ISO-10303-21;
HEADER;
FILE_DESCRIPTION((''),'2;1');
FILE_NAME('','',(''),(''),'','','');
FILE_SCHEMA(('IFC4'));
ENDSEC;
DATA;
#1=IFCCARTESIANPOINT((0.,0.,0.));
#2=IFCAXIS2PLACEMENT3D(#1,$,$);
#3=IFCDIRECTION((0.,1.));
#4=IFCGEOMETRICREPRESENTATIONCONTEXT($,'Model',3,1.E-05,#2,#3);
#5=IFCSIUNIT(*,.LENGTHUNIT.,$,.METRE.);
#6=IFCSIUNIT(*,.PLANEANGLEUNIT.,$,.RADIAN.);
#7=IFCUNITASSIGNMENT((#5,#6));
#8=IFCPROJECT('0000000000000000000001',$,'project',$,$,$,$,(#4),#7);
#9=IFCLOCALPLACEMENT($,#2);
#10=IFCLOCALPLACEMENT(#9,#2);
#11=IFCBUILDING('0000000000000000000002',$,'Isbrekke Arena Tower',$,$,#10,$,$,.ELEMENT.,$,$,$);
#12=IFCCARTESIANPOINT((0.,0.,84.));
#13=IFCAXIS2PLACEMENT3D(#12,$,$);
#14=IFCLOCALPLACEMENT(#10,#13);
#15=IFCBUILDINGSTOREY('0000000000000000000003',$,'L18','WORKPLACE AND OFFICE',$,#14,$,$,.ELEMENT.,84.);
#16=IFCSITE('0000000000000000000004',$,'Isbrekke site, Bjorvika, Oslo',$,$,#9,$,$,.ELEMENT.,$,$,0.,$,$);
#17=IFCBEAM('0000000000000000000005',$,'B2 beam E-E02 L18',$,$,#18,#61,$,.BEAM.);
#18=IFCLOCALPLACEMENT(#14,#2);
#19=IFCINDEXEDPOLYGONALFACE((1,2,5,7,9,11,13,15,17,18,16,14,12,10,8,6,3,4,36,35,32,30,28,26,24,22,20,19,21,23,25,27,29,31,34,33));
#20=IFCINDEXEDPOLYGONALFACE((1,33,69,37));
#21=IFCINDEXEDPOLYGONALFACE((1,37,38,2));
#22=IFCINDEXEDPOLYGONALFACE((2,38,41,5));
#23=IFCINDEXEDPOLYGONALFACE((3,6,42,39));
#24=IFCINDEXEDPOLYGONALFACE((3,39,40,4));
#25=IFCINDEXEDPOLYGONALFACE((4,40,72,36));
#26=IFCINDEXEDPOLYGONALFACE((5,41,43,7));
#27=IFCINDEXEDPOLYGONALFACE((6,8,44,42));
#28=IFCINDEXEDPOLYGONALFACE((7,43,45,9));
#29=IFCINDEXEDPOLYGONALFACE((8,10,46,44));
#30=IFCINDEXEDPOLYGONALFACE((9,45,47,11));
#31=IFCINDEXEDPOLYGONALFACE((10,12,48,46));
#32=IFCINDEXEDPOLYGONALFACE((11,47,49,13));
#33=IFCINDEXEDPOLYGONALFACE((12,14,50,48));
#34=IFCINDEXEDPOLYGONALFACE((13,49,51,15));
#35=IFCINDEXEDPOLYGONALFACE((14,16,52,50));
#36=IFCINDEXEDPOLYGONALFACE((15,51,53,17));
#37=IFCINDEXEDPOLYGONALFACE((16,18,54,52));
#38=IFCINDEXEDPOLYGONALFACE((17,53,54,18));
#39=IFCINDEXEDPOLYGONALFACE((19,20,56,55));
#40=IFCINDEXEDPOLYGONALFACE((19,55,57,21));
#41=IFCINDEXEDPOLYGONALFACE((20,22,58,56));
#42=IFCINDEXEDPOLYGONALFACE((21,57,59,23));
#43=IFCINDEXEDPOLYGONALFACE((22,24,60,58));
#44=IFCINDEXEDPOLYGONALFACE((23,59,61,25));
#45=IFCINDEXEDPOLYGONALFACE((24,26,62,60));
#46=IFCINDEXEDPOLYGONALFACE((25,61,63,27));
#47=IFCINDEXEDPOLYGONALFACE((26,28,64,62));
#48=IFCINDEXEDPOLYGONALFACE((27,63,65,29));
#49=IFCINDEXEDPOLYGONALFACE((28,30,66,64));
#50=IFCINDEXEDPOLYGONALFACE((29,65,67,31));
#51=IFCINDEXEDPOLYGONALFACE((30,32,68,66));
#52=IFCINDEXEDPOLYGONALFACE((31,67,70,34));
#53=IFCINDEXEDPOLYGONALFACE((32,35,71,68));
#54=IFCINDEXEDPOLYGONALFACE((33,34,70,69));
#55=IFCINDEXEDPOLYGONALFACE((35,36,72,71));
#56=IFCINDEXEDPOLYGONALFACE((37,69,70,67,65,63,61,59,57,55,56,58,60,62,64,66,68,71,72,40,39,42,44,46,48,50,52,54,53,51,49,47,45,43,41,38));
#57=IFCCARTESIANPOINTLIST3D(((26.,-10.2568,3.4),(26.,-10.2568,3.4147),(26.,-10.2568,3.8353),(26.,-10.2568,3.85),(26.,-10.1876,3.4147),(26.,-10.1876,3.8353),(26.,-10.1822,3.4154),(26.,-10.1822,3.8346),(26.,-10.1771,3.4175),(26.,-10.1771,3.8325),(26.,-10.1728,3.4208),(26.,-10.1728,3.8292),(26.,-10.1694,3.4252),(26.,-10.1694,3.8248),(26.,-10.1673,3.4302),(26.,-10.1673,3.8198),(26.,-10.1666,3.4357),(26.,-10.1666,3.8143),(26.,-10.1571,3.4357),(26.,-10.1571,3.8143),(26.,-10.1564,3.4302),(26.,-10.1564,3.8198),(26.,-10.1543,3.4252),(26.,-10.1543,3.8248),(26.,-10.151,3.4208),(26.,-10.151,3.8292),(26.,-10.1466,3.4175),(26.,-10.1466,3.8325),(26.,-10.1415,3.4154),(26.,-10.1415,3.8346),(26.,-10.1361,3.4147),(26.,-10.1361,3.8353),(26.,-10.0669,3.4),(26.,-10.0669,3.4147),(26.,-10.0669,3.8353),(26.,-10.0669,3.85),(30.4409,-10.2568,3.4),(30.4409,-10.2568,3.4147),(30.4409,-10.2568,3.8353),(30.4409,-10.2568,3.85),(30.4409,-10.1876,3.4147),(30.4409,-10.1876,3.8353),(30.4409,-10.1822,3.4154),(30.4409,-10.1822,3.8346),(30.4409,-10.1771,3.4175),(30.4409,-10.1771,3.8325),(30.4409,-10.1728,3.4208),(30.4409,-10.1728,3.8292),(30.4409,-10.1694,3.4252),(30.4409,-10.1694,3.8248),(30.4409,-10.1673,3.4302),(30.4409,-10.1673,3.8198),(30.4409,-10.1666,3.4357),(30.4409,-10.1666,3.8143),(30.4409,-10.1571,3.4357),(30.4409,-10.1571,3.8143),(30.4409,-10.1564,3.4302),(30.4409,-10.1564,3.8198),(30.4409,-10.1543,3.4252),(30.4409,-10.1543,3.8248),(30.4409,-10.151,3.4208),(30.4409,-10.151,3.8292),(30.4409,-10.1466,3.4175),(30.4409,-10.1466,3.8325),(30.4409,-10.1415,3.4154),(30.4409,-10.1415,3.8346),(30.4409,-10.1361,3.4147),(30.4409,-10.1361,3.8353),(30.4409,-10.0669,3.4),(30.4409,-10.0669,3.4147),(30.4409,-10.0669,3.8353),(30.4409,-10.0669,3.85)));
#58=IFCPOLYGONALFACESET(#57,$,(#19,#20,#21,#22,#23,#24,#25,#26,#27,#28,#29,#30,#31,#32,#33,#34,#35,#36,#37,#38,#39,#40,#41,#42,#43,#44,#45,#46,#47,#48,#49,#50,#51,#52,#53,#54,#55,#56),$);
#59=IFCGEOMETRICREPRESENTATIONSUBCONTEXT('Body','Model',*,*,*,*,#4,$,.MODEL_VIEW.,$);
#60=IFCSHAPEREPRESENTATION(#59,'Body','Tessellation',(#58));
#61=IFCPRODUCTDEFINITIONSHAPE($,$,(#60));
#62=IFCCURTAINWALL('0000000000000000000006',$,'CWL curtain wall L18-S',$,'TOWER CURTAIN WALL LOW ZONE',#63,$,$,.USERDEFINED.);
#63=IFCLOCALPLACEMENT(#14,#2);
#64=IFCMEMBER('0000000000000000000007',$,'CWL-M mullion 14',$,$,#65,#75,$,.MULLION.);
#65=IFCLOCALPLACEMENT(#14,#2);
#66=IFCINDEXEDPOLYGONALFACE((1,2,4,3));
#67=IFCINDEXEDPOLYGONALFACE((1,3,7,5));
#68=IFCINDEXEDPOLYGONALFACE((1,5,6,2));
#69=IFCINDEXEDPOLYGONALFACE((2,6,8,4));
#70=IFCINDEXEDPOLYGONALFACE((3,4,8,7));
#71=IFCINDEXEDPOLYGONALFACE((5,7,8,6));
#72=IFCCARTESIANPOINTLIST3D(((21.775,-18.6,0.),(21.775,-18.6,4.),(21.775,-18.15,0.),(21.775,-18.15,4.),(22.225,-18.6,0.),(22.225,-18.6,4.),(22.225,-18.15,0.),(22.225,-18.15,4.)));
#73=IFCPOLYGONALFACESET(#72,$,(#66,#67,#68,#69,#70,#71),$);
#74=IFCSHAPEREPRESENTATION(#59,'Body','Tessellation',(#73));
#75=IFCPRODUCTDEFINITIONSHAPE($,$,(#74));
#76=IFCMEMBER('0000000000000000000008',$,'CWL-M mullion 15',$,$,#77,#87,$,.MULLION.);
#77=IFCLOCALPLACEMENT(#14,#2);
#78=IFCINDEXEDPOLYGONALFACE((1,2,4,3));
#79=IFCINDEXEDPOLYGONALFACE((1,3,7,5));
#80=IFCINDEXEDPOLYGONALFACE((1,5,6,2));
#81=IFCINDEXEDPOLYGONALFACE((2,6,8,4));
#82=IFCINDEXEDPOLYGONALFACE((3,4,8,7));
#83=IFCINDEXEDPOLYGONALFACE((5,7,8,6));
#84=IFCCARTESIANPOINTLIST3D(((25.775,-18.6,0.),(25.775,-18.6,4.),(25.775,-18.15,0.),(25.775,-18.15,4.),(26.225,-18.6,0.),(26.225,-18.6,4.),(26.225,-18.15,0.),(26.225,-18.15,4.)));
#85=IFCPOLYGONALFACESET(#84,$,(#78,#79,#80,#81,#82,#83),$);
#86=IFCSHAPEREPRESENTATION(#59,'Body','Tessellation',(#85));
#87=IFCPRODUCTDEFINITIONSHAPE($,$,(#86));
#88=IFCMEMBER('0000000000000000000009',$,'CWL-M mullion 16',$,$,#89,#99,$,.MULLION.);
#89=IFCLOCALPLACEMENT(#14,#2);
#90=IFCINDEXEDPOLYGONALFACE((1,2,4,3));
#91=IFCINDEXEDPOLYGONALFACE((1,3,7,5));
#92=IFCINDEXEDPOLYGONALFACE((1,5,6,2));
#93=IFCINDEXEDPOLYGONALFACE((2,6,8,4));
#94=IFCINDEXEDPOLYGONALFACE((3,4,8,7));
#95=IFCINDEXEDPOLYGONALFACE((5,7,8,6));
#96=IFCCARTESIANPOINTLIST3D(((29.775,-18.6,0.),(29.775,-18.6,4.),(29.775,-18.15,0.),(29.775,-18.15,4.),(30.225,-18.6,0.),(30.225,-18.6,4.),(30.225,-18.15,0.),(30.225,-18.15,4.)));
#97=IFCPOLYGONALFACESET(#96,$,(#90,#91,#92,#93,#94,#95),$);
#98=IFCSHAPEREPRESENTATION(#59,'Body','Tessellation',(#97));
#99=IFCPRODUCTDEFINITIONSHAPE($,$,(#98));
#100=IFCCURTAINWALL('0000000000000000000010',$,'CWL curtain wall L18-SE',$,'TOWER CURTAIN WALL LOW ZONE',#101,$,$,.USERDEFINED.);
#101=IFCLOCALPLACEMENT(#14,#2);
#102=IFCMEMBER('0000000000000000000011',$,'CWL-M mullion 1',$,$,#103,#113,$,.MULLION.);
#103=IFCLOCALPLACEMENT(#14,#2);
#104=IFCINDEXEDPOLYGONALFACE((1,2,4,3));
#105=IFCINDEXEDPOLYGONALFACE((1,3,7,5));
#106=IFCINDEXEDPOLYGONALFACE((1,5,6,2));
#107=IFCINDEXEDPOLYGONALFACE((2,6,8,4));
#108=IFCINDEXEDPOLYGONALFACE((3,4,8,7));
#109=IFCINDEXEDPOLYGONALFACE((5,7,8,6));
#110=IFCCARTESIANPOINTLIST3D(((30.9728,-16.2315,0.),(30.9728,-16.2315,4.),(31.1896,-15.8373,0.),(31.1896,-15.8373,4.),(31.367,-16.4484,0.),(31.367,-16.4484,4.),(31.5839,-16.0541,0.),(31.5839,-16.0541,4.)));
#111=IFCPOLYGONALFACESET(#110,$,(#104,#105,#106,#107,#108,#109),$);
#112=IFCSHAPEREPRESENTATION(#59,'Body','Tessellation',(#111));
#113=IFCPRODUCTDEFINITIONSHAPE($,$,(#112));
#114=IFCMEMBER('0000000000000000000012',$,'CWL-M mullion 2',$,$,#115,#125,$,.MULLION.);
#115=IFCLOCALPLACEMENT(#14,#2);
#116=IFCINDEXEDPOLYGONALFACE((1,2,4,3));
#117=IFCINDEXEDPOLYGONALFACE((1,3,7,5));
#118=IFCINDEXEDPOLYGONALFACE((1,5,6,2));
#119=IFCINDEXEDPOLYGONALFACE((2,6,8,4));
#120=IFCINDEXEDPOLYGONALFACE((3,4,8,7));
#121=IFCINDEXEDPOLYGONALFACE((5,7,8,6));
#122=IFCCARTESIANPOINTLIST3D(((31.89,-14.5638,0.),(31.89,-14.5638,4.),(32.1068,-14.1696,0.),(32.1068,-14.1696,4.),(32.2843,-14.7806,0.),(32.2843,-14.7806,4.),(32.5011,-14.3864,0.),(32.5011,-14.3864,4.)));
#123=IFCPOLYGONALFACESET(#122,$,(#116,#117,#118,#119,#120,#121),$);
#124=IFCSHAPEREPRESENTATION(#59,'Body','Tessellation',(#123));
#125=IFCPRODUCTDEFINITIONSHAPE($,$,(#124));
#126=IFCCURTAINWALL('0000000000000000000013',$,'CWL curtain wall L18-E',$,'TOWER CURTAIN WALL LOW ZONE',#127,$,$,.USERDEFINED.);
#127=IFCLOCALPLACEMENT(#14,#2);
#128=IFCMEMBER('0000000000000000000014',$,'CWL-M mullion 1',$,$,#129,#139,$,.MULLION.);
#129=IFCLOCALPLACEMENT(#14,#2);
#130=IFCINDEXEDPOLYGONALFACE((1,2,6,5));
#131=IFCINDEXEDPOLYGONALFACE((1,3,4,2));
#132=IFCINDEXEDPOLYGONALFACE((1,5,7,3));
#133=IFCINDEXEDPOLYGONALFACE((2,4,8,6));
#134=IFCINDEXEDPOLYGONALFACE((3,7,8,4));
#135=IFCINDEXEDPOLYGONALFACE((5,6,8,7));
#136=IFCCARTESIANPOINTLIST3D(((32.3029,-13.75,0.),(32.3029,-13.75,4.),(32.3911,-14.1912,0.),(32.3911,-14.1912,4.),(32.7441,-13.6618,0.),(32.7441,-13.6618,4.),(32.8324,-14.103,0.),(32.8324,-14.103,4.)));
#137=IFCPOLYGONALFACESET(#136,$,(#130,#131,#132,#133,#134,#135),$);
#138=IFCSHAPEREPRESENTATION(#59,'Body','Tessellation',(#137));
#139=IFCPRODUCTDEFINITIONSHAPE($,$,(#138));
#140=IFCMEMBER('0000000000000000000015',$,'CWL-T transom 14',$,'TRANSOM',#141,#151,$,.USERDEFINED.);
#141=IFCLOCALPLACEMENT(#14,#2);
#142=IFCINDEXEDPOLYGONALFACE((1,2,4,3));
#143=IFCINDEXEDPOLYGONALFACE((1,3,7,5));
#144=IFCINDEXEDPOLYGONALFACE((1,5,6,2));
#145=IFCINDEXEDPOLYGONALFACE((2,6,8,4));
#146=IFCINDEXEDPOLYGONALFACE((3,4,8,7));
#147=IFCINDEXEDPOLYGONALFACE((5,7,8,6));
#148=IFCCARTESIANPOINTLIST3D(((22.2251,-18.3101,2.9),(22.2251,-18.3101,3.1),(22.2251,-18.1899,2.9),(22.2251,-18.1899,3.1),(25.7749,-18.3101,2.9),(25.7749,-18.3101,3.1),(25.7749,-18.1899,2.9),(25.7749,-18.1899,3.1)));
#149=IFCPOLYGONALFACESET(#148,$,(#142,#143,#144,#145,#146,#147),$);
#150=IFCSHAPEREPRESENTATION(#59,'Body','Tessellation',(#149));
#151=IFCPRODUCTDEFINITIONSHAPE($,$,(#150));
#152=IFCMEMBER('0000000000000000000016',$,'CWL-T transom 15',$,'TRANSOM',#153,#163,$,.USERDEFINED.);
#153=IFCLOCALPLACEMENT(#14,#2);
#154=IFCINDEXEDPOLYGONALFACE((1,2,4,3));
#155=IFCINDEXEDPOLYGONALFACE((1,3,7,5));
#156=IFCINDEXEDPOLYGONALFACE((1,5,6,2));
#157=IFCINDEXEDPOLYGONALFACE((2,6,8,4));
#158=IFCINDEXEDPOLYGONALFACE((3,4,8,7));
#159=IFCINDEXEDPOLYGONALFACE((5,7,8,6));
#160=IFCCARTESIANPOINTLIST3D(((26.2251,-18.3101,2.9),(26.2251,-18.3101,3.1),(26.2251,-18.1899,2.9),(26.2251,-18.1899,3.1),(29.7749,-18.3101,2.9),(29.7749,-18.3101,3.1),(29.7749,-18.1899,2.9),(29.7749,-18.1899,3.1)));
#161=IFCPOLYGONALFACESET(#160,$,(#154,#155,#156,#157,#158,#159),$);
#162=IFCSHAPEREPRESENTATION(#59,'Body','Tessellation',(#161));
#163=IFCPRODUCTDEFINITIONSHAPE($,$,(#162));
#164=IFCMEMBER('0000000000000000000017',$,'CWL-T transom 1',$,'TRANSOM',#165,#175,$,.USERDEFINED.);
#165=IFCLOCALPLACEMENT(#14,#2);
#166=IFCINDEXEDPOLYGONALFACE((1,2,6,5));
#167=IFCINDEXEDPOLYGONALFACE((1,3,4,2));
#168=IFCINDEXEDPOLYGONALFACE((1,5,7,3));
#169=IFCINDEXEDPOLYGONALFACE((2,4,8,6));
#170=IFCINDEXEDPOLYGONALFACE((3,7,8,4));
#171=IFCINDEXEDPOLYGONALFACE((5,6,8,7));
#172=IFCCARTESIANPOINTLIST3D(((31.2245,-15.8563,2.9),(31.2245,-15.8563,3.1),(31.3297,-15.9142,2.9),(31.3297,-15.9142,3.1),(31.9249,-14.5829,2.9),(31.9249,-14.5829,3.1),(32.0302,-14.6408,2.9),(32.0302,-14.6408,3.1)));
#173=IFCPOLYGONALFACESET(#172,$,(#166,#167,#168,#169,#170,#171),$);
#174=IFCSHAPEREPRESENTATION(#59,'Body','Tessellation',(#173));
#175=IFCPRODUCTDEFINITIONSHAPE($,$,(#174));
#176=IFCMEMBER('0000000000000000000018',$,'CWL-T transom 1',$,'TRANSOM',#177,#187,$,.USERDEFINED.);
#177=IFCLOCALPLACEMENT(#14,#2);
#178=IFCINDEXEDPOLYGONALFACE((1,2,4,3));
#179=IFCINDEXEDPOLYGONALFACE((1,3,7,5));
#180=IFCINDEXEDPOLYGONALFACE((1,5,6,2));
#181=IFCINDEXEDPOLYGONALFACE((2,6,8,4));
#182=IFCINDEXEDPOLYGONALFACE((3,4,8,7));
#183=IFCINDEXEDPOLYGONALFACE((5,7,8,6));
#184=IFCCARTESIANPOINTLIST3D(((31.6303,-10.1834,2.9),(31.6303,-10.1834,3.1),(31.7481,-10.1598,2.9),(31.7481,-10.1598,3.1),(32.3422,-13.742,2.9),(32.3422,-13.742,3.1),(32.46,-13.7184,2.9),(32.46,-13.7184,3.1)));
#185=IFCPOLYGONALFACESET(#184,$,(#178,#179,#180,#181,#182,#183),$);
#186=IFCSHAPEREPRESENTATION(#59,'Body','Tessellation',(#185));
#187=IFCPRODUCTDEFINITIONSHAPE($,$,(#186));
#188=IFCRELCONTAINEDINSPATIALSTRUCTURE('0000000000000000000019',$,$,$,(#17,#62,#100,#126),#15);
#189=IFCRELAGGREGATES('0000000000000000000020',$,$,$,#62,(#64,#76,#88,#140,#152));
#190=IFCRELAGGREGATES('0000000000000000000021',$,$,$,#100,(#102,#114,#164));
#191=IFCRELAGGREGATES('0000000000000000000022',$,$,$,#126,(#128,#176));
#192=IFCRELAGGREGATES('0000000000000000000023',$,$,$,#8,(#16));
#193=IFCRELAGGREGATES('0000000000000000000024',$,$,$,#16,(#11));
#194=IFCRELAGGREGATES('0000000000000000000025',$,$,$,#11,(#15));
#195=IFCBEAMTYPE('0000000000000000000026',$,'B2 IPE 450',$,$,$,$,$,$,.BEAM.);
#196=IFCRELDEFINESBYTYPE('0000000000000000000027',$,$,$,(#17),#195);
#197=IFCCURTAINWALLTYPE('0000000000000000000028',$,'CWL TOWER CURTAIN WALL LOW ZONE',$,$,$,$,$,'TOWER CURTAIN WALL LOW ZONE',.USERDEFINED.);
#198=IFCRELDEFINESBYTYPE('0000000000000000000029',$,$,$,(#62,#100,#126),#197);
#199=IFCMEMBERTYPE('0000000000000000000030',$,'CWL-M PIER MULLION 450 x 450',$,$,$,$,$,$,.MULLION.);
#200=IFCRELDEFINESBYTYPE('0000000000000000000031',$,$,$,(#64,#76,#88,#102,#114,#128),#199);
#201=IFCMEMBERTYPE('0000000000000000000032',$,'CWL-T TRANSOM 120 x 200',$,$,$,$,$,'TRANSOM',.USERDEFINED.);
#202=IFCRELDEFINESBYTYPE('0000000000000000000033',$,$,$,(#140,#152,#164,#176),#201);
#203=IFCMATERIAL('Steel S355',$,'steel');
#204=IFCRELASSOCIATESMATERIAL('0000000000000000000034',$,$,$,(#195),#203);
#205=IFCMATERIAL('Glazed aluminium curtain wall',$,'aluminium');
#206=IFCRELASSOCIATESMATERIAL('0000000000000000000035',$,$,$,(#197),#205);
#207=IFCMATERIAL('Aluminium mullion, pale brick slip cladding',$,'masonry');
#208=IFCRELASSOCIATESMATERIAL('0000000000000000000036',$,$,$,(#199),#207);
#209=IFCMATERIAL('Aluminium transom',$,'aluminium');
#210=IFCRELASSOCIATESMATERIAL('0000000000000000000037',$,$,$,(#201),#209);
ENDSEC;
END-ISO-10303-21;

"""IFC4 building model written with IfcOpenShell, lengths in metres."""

from ifc_helpers import new_model, si_unit, direction, frame, origin, origin_2d, place, context, subcontext, project, spatial, rectangle, i_section, extrude, material, material_profile, profile_set, type_object, element, aggregate, save


model = new_model("IFC4")

# Units and contexts
model_context = context("Model", 3, precision=1e-05, world=origin(), true_north=direction((0.0, 1.0)))
body_context = subcontext(model_context, "Body", "Model", "MODEL_VIEW")
ifc_project = project(units=[si_unit("LENGTHUNIT", "METRE"), si_unit("PLANEANGLEUNIT", "RADIAN")], contexts=[model_context])

# Site, building, storey
site_placement = place(None, origin())
site = spatial("IfcSite", under=ifc_project, at=site_placement, Name="Isbrekke site, Bjorvika, Oslo", CompositionType="ELEMENT", RefElevation=0.0)
building_placement = place(site_placement, origin())
building = spatial("IfcBuilding", under=site, at=building_placement, Name="Isbrekke Arena Tower", CompositionType="ELEMENT")
storey_placement = place(building_placement, frame((0.0, 0.0, 84.0)))
storey = spatial("IfcBuildingStorey", under=building, at=storey_placement, Name="L18", Description="WORKPLACE AND OFFICE", CompositionType="ELEMENT", Elevation=84.0)

# Beam
ifc_material_1 = material(Name="Steel S355", Category="steel")
ifc_material_profile_1 = material_profile(ifc_material_1, i_section(OverallWidth=0.1899, OverallDepth=0.45, WebThickness=0.0095, FlangeThickness=0.0146, FilletRadius=0.021, at=origin_2d()), Name="IPE 450")
ifc_profile_set_1 = profile_set([ifc_material_profile_1], Name="Steel S355")
beam_type_1 = type_object("IfcBeamType", Name="B2 IPE 450", PredefinedType="BEAM", material=ifc_profile_set_1)
beam_1_placement = place(storey_placement, frame((30.4409, -10.1619, 3.625), z_axis=(-1.0, 0.0, 0.0), x_axis=(0.0, -1.0, 0.0)))
element("IfcBeam", 1, at=beam_1_placement, inside=storey, type_object=beam_type_1, Name="B2 beam E-E02 L18", PredefinedType="BEAM", context=body_context, shape_type="SweptSolid", body=[
    extrude(i_section(OverallWidth=0.1899, OverallDepth=0.45, WebThickness=0.0095, FlangeThickness=0.0146, FilletRadius=0.021, at=origin_2d()), origin(), (0.0, 0.0, 1.0), 4.4409),
])

# Curtain walls, members
ifc_material_2 = material(Name="Glazed aluminium curtain wall", Category="aluminium")
curtain_wall_type = type_object("IfcCurtainWallType", Name="CWL TOWER CURTAIN WALL LOW ZONE", ElementType="TOWER CURTAIN WALL LOW ZONE", PredefinedType="USERDEFINED", material=ifc_material_2)
curtain_wall_1_placement = place(storey_placement, origin())
curtain_wall_1 = element("IfcCurtainWall", 2, at=curtain_wall_1_placement, inside=storey, type_object=curtain_wall_type, Name="CWL curtain wall L18-S", ObjectType="TOWER CURTAIN WALL LOW ZONE", PredefinedType="USERDEFINED")
ifc_material_3 = material(Name="Aluminium mullion, pale brick slip cladding", Category="masonry")
ifc_material_profile_2 = material_profile(ifc_material_3, rectangle(XDim=0.45, YDim=0.45, at=origin_2d()), Name="PIER 450X450")
ifc_profile_set_2 = profile_set([ifc_material_profile_2], Name="Aluminium mullion, pale brick slip cladding")
member_type_1 = type_object("IfcMemberType", Name="CWL-M PIER MULLION 450 x 450", PredefinedType="MULLION", material=ifc_profile_set_2)
member_1_placement = place(storey_placement, frame((22.0, -18.375, 0.0), z_axis=(0.0, 0.0, 1.0), x_axis=(1.0, 0.0, 0.0)))
member_1 = element("IfcMember", 3, at=member_1_placement, type_object=member_type_1, Name="CWL-M mullion 14", PredefinedType="MULLION", context=body_context, shape_type="SweptSolid", body=[
    extrude(rectangle(XDim=0.45, YDim=0.45, at=origin_2d()), origin(), (0.0, 0.0, 1.0), 4.0),
])
member_2_placement = place(storey_placement, frame((26.0, -18.375, 0.0), z_axis=(0.0, 0.0, 1.0), x_axis=(1.0, 0.0, 0.0)))
member_2 = element("IfcMember", 4, at=member_2_placement, type_object=member_type_1, Name="CWL-M mullion 15", PredefinedType="MULLION", context=body_context, shape_type="SweptSolid", body=[
    extrude(rectangle(XDim=0.45, YDim=0.45, at=origin_2d()), origin(), (0.0, 0.0, 1.0), 4.0),
])
member_3_placement = place(storey_placement, frame((30.0, -18.375, 0.0), z_axis=(0.0, 0.0, 1.0), x_axis=(1.0, 0.0, 0.0)))
member_3 = element("IfcMember", 5, at=member_3_placement, type_object=member_type_1, Name="CWL-M mullion 16", PredefinedType="MULLION", context=body_context, shape_type="SweptSolid", body=[
    extrude(rectangle(XDim=0.45, YDim=0.45, at=origin_2d()), origin(), (0.0, 0.0, 1.0), 4.0),
])
curtain_wall_2_placement = place(storey_placement, origin())
curtain_wall_2 = element("IfcCurtainWall", 6, at=curtain_wall_2_placement, inside=storey, type_object=curtain_wall_type, Name="CWL curtain wall L18-SE", ObjectType="TOWER CURTAIN WALL LOW ZONE", PredefinedType="USERDEFINED")
member_4_placement = place(storey_placement, frame((31.2783, -16.1428, 0.0), z_axis=(0.0, 0.0, 1.0), x_axis=(0.481919, 0.876216, 0.0)))
member_4 = element("IfcMember", 7, at=member_4_placement, type_object=member_type_1, Name="CWL-M mullion 1", PredefinedType="MULLION", context=body_context, shape_type="SweptSolid", body=[
    extrude(rectangle(XDim=0.45, YDim=0.45, at=origin_2d()), origin(), (0.0, 0.0, 1.0), 4.0),
])
member_5_placement = place(storey_placement, frame((32.1956, -14.4751, 0.0), z_axis=(0.0, 0.0, 1.0), x_axis=(0.481919, 0.876216, 0.0)))
member_5 = element("IfcMember", 8, at=member_5_placement, type_object=member_type_1, Name="CWL-M mullion 2", PredefinedType="MULLION", context=body_context, shape_type="SweptSolid", body=[
    extrude(rectangle(XDim=0.45, YDim=0.45, at=origin_2d()), origin(), (0.0, 0.0, 1.0), 4.0),
])

# Curtain wall, member
curtain_wall_3_placement = place(storey_placement, origin())
curtain_wall_3 = element("IfcCurtainWall", 9, at=curtain_wall_3_placement, inside=storey, type_object=curtain_wall_type, Name="CWL curtain wall L18-E", ObjectType="TOWER CURTAIN WALL LOW ZONE", PredefinedType="USERDEFINED")
member_6_placement = place(storey_placement, frame((32.5676, -13.9265, 0.0), z_axis=(0.0, 0.0, 1.0), x_axis=(-0.196116, 0.980581, 0.0)))
member_6 = element("IfcMember", 10, at=member_6_placement, type_object=member_type_1, Name="CWL-M mullion 1", PredefinedType="MULLION", context=body_context, shape_type="SweptSolid", body=[
    extrude(rectangle(XDim=0.45, YDim=0.45, at=origin_2d()), origin(), (0.0, 0.0, 1.0), 4.0),
])

# Members
ifc_material_4 = material(Name="Aluminium transom", Category="aluminium")
ifc_material_profile_3 = material_profile(ifc_material_4, rectangle(XDim=0.1201, YDim=0.2, at=origin_2d()), Name="TRANSOM 120X200")
ifc_profile_set_3 = profile_set([ifc_material_profile_3], Name="Aluminium transom")
member_type_2 = type_object("IfcMemberType", Name="CWL-T TRANSOM 120 x 200", ElementType="TRANSOM", PredefinedType="USERDEFINED", material=ifc_profile_set_3)
member_7_placement = place(storey_placement, frame((22.2251, -18.25, 3.0), z_axis=(1.0, 0.0, 0.0), x_axis=(0.0, 1.0, 0.0)))
member_7 = element("IfcMember", 11, at=member_7_placement, type_object=member_type_2, Name="CWL-T transom 14", ObjectType="TRANSOM", PredefinedType="USERDEFINED", context=body_context, shape_type="SweptSolid", body=[
    extrude(rectangle(XDim=0.1201, YDim=0.2, at=origin_2d()), origin(), (0.0, 0.0, 1.0), 3.5498),
])
member_8_placement = place(storey_placement, frame((26.2251, -18.25, 3.0), z_axis=(1.0, 0.0, 0.0), x_axis=(0.0, 1.0, 0.0)))
member_8 = element("IfcMember", 12, at=member_8_placement, type_object=member_type_2, Name="CWL-T transom 15", ObjectType="TRANSOM", PredefinedType="USERDEFINED", context=body_context, shape_type="SweptSolid", body=[
    extrude(rectangle(XDim=0.1201, YDim=0.2, at=origin_2d()), origin(), (0.0, 0.0, 1.0), 3.5498),
])
member_9_placement = place(storey_placement, frame((31.2771, -15.8853, 3.0), z_axis=(0.481945, 0.876202, 0.0), x_axis=(-0.876202, 0.481945, 0.0)))
member_9 = element("IfcMember", 13, at=member_9_placement, type_object=member_type_2, Name="CWL-T transom 1", ObjectType="TRANSOM", PredefinedType="USERDEFINED", context=body_context, shape_type="SweptSolid", body=[
    extrude(rectangle(XDim=0.1201, YDim=0.2, at=origin_2d()), origin(), (0.0, 0.0, 1.0), 1.4534),
])
member_10_placement = place(storey_placement, frame((32.4011, -13.7302, 3.0), z_axis=(-0.196168, 0.98057, 0.0), x_axis=(-0.98057, -0.196168, 0.0)))
member_10 = element("IfcMember", 14, at=member_10_placement, type_object=member_type_2, Name="CWL-T transom 1", ObjectType="TRANSOM", PredefinedType="USERDEFINED", context=body_context, shape_type="SweptSolid", body=[
    extrude(rectangle(XDim=0.1201, YDim=0.2, at=origin_2d()), origin(), (0.0, 0.0, 1.0), 3.6292),
])

aggregate(curtain_wall_1, [member_1, member_2, member_3, member_7, member_8])
aggregate(curtain_wall_2, [member_4, member_5, member_9])
aggregate(curtain_wall_3, [member_6, member_10])

save(model, "model.ifc")
